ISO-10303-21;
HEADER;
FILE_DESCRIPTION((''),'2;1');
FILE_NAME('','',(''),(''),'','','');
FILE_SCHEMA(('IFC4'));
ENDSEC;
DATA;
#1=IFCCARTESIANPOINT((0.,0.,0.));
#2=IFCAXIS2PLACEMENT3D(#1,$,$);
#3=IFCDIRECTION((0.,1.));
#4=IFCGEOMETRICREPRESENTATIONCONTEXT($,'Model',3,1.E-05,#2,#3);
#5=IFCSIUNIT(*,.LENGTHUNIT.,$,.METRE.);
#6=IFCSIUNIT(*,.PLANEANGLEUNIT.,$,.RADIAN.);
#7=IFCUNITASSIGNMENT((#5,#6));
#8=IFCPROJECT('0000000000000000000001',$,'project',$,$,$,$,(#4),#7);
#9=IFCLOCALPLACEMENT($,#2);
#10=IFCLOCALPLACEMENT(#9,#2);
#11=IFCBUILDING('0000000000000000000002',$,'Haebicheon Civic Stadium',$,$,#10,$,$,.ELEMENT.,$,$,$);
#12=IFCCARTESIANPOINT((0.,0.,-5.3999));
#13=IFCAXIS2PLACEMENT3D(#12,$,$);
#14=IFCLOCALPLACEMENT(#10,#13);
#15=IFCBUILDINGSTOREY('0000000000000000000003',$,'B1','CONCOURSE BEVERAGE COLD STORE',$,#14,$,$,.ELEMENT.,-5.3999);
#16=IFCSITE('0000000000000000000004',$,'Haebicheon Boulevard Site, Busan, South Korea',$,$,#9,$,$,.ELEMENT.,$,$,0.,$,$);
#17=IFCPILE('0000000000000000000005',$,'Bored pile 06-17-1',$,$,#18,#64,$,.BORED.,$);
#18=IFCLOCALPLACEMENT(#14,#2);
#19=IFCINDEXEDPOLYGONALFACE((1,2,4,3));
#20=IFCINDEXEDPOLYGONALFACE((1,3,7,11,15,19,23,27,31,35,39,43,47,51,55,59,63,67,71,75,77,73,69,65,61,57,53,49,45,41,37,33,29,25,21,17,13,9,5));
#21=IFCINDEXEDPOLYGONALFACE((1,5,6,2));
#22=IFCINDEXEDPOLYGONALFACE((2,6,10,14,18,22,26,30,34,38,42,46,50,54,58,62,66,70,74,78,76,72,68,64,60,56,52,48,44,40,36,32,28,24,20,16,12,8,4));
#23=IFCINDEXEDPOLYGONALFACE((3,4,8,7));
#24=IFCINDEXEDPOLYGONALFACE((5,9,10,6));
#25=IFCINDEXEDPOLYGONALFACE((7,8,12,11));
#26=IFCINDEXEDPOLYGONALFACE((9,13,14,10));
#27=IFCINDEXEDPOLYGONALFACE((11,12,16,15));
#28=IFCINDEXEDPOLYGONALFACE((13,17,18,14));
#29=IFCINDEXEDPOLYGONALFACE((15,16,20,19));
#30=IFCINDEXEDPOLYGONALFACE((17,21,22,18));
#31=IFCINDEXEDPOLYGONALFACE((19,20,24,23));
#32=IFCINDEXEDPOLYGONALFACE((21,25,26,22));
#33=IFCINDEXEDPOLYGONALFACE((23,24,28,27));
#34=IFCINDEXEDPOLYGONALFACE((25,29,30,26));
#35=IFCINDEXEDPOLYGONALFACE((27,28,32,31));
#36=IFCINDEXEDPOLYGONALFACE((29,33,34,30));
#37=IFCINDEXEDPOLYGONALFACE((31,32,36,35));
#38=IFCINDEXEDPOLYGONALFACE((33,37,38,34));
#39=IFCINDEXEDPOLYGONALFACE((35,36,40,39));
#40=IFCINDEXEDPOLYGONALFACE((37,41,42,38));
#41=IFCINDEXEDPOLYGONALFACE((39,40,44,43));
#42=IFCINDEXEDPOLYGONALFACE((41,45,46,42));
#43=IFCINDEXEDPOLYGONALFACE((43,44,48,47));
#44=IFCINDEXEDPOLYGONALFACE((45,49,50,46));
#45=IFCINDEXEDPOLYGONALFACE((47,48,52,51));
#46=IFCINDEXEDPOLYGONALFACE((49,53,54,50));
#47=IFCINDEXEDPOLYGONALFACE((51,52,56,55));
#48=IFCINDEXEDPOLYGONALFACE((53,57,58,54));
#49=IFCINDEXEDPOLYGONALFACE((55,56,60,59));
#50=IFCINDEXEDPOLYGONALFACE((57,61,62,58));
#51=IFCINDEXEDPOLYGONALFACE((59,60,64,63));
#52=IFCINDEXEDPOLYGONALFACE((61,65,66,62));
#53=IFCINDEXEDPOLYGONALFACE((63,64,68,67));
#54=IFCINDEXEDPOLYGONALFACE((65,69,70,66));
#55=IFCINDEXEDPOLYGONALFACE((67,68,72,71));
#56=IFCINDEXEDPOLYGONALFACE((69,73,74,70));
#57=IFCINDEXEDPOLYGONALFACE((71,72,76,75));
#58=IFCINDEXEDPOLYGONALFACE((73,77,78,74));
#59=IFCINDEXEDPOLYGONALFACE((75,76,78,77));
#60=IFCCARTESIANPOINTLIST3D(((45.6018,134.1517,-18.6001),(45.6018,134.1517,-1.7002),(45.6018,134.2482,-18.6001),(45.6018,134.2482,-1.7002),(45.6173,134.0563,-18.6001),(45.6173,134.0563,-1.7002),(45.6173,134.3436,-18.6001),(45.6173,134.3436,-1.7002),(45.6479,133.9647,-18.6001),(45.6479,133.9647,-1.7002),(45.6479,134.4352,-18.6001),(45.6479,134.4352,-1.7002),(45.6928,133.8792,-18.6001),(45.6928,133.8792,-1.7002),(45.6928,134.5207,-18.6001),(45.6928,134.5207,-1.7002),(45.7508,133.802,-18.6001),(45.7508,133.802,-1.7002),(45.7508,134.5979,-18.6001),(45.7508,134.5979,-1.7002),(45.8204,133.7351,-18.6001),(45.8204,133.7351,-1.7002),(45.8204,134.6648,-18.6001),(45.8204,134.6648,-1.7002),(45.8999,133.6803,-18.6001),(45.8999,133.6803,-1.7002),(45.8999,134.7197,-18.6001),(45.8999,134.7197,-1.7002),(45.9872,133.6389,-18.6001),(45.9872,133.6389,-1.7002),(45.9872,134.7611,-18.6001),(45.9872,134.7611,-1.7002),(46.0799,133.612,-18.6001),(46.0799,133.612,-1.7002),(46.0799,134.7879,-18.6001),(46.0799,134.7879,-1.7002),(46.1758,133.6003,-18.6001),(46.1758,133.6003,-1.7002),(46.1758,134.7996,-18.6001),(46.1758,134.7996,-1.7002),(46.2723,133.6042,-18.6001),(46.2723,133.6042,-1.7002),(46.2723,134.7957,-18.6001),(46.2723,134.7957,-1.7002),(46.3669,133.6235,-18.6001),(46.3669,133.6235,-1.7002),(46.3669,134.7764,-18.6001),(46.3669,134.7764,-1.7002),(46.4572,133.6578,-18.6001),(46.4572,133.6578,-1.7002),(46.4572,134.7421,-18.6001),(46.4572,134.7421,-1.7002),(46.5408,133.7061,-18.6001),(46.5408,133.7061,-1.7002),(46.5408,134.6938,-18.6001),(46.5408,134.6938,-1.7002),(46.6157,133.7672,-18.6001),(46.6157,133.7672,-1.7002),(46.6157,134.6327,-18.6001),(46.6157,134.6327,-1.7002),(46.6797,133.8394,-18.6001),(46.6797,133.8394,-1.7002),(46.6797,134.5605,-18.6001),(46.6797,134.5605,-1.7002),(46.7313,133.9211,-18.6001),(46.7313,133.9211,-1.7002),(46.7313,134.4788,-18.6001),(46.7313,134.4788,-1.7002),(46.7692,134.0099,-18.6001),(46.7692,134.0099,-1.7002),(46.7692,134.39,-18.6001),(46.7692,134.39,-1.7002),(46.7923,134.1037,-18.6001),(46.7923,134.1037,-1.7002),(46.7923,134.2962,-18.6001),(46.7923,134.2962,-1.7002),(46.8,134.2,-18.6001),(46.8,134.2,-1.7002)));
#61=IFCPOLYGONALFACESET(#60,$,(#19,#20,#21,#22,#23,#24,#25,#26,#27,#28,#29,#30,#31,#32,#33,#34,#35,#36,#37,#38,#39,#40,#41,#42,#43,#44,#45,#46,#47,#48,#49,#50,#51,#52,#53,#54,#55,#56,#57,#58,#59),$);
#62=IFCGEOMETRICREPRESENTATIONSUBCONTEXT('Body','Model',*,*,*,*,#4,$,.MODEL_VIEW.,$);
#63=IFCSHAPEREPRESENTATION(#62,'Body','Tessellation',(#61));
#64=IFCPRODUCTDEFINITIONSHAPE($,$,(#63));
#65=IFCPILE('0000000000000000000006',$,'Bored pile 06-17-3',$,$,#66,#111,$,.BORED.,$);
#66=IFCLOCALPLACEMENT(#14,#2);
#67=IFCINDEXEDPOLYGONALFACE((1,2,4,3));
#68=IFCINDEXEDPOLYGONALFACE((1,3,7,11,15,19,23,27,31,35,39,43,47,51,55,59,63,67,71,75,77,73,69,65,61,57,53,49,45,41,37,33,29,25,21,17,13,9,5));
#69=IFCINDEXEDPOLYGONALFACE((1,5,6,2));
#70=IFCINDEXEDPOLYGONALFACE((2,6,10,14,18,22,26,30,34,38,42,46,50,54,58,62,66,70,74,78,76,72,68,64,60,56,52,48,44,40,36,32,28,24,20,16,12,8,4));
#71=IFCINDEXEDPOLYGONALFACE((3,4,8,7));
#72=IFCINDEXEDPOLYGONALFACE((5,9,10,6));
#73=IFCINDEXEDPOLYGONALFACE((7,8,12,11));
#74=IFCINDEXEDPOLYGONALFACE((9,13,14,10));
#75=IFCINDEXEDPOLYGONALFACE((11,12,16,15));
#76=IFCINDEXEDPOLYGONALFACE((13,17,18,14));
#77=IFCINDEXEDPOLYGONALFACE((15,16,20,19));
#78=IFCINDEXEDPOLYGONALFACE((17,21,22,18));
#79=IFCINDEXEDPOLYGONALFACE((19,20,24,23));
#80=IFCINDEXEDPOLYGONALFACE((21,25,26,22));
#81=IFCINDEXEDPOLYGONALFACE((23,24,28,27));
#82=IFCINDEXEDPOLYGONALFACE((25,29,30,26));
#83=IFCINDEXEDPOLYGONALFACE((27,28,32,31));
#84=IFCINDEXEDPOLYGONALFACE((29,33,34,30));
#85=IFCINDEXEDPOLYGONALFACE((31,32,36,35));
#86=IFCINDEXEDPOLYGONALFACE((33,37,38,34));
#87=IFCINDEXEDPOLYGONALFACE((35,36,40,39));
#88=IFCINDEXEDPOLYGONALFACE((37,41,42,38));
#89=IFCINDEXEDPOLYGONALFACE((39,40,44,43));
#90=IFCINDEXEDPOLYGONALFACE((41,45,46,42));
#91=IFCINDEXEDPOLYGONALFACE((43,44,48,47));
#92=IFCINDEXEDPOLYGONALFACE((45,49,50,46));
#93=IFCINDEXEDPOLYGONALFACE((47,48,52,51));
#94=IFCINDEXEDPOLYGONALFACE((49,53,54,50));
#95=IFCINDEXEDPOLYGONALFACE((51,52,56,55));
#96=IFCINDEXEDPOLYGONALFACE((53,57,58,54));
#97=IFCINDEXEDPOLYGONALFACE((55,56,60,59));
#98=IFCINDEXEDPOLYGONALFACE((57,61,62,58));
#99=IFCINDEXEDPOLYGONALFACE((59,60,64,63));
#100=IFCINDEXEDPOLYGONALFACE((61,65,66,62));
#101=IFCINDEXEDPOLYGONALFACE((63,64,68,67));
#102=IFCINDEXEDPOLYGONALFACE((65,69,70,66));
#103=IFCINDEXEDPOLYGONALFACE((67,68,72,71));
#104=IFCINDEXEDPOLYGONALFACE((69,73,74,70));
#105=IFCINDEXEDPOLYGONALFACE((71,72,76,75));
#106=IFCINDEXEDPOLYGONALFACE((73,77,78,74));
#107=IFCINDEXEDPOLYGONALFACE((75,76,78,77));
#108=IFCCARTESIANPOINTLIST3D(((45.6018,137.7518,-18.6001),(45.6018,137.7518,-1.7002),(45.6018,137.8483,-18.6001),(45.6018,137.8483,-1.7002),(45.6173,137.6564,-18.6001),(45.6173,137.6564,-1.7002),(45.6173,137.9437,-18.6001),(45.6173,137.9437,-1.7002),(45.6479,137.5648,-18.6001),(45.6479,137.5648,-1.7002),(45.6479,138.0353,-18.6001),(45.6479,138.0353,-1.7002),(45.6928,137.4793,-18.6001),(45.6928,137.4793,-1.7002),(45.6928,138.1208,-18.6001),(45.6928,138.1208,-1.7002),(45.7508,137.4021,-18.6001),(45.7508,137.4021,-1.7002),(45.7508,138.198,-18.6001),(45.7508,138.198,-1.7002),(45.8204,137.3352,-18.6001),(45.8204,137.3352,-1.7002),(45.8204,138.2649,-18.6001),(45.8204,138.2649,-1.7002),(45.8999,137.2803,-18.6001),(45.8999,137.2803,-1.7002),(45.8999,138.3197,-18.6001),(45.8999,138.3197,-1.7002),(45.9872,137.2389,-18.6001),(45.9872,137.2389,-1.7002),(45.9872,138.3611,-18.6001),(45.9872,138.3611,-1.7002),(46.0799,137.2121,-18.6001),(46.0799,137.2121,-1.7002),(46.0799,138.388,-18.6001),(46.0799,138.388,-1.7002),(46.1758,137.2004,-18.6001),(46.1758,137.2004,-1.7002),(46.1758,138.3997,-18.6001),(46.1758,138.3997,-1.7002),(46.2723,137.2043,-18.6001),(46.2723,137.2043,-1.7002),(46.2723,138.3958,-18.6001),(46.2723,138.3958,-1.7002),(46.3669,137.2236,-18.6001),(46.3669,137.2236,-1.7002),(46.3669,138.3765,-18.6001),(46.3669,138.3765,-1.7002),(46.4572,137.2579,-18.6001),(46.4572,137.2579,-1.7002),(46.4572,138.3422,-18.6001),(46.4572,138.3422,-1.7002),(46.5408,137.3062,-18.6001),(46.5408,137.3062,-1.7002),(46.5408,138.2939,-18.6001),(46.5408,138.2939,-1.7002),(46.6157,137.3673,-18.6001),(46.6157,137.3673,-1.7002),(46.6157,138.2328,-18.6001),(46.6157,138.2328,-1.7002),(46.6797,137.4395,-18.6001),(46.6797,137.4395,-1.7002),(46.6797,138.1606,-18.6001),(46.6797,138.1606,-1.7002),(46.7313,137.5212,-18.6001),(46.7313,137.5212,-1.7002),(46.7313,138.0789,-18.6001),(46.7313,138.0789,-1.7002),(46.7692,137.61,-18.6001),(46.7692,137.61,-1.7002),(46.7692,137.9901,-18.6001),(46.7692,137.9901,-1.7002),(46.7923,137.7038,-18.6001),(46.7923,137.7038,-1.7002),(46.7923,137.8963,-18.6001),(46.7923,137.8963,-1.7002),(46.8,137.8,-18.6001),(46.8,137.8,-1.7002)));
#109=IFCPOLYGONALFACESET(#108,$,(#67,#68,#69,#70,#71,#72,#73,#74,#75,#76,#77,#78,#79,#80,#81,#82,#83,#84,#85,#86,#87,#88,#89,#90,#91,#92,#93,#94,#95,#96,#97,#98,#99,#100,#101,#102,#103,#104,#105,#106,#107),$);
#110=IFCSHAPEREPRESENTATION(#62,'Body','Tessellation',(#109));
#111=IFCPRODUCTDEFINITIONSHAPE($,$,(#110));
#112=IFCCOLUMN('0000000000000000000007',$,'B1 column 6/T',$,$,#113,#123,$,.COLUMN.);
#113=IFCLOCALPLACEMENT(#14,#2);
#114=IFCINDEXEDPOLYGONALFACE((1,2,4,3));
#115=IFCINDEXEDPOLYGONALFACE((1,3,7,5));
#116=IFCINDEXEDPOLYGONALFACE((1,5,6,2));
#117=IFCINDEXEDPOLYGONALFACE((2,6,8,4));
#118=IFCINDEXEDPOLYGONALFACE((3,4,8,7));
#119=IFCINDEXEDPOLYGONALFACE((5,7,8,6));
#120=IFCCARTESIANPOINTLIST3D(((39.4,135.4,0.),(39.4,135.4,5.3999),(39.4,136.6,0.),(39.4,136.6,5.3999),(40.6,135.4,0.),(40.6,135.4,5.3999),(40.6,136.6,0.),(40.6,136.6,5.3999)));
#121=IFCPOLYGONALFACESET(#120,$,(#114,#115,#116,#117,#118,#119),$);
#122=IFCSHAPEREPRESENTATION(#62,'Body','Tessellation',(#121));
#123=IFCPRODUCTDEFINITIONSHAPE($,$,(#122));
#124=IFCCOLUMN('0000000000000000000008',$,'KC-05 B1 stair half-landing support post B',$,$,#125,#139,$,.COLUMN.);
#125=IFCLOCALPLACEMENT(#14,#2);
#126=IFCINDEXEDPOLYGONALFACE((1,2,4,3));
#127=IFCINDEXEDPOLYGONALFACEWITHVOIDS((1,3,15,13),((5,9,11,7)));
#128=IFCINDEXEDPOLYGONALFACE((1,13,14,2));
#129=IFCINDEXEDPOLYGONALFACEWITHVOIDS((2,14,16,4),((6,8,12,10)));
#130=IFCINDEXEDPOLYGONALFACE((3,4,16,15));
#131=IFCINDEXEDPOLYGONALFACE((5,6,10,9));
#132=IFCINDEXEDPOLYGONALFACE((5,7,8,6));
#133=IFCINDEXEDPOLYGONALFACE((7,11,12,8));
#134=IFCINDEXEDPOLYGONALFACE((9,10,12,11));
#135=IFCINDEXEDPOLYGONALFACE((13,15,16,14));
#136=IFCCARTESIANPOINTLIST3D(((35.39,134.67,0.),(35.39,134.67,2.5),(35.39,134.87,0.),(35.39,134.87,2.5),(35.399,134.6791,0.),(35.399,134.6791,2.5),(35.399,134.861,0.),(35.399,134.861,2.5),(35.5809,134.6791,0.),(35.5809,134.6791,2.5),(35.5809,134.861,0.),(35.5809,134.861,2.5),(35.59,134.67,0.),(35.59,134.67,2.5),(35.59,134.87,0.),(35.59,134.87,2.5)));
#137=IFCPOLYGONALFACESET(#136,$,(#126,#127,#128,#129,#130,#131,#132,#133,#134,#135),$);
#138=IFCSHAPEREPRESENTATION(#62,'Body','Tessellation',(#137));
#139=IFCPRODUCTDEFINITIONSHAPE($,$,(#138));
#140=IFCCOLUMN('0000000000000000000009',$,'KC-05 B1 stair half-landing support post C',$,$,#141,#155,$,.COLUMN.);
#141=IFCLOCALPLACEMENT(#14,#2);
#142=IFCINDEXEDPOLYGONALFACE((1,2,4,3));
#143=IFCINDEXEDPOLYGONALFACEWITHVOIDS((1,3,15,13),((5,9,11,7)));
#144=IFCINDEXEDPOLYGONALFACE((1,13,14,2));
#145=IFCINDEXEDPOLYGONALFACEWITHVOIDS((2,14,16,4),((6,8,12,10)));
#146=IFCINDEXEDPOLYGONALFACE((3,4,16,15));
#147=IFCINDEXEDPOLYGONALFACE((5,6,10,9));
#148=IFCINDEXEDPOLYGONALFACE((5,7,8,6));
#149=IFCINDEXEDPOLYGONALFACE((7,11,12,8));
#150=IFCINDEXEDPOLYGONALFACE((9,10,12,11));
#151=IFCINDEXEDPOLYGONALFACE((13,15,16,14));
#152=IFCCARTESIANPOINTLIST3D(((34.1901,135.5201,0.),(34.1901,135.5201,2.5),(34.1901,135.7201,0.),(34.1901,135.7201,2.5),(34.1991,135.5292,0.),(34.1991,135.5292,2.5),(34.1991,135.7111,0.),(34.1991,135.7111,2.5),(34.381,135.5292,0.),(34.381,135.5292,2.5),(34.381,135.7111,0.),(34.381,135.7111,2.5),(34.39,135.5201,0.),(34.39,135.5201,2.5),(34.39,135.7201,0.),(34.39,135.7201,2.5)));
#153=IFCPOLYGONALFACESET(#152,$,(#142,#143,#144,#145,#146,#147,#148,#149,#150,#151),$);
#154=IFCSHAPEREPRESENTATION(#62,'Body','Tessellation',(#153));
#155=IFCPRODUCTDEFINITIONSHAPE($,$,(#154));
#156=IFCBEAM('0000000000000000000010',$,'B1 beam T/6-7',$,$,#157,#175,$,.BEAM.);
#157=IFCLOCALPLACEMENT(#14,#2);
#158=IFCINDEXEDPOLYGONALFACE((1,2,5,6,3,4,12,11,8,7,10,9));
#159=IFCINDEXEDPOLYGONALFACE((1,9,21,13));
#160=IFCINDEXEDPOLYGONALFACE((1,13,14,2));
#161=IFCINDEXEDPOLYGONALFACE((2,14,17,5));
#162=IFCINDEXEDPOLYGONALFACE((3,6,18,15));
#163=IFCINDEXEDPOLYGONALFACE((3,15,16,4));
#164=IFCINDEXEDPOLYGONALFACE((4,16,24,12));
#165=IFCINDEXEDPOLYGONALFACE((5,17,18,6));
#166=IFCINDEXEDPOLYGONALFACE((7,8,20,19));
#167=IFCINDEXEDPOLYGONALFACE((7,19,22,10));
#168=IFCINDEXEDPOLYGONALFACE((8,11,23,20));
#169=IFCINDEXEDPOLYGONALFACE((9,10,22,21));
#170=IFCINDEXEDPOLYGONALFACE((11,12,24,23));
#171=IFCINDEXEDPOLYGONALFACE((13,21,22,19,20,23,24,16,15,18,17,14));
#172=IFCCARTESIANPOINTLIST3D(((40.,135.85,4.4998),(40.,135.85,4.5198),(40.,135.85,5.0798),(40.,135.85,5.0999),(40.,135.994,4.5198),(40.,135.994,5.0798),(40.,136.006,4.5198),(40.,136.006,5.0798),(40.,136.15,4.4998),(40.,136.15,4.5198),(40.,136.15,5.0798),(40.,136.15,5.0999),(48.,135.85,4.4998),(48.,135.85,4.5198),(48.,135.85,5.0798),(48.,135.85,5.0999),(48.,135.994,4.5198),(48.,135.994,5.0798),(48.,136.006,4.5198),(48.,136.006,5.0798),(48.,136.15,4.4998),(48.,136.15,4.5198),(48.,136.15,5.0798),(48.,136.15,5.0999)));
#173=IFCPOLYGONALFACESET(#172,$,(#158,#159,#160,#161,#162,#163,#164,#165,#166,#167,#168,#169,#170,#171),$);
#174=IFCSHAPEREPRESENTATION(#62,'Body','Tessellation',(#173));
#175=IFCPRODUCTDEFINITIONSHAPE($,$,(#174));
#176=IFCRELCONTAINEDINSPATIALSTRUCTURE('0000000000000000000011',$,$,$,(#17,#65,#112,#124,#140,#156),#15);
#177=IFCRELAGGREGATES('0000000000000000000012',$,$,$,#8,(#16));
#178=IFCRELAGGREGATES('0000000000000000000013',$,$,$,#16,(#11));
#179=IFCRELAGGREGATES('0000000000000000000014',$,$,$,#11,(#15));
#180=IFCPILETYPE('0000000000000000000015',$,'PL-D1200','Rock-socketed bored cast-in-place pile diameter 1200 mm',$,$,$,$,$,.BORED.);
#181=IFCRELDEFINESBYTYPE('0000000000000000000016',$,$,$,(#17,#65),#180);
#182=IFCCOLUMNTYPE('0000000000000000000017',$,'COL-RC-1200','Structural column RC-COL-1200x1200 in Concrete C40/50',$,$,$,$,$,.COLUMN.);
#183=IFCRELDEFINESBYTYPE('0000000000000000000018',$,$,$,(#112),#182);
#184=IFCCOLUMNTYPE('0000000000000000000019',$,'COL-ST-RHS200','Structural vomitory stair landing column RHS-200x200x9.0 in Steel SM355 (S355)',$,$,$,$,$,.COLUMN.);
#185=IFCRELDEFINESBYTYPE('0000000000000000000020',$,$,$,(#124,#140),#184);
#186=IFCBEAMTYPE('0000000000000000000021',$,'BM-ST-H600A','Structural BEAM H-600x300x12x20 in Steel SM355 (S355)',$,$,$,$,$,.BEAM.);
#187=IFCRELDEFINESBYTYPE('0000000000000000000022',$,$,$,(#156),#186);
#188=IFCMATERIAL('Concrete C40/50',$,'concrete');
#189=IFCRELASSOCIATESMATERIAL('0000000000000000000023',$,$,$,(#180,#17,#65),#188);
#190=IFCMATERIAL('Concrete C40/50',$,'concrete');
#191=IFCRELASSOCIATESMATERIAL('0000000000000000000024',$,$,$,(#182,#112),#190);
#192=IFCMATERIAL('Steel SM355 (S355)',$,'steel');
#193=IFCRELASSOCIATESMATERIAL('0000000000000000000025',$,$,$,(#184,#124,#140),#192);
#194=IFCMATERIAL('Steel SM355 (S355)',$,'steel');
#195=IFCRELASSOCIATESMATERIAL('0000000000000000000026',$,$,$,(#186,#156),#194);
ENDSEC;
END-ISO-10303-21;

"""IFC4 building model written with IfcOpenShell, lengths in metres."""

from ifc_helpers import new_model, si_unit, direction, frame, origin, origin_2d, place, context, subcontext, project, spatial, rectangle, hollow_rectangle, circle, i_section, extrude, material, material_profile, profile_set, type_object, element, save


model = new_model("IFC4")

# Units and contexts
model_context = context("Model", 3, precision=1e-05, world=origin(), true_north=direction((0.0, 1.0)))
body_context = subcontext(model_context, "Body", "Model", "MODEL_VIEW")
ifc_project = project(units=[si_unit("LENGTHUNIT", "METRE"), si_unit("PLANEANGLEUNIT", "RADIAN")], contexts=[model_context])

# Site, building, storey
site_placement = place(None, origin())
site = spatial("IfcSite", under=ifc_project, at=site_placement, Name="Haebicheon Boulevard Site, Busan, South Korea", CompositionType="ELEMENT", RefElevation=0.0)
building_placement = place(site_placement, origin())
building = spatial("IfcBuilding", under=site, at=building_placement, Name="Haebicheon Civic Stadium", CompositionType="ELEMENT")
storey_placement = place(building_placement, frame((0.0, 0.0, -5.3999)))
storey = spatial("IfcBuildingStorey", under=building, at=storey_placement, Name="B1", Description="CONCOURSE BEVERAGE COLD STORE", CompositionType="ELEMENT", Elevation=-5.3999)

# Piles
ifc_material_1 = material(Name="Concrete C40/50", Category="concrete")
ifc_material_profile_1 = material_profile(ifc_material_1, circle(Radius=0.6001, at=origin_2d()), Name="PILE-D1200")
ifc_profile_set_1 = profile_set([ifc_material_profile_1], Name="Concrete C40/50")
pile_type_1 = type_object("IfcPileType", Name="PL-D1200", Description="Rock-socketed bored cast-in-place pile diameter 1200 mm", PredefinedType="BORED", material=ifc_profile_set_1)
for number, where, z_axis, x_axis, name in (
    (1, (46.2, 134.2, -1.7002), (0.0, 0.0, -1.0), (1.0, 0.0, 0.0), "Bored pile 06-17-1"),
    (2, (46.2, 137.8, -1.7002), (0.0, 0.0, -1.0), (1.0, 0.0, 0.0), "Bored pile 06-17-3"),
):
    element("IfcPile", number, at=place(storey_placement, frame(where, z_axis=z_axis, x_axis=x_axis)), inside=storey, type_object=pile_type_1, material=ifc_profile_set_1, Name=name, PredefinedType="BORED", context=body_context, shape_type="SweptSolid", body=[
        extrude(circle(Radius=0.6001, at=origin_2d()), origin(), (0.0, 0.0, 1.0), 16.8999),
    ])

# Columns
ifc_material_2 = material(Name="Concrete C40/50", Category="concrete")
ifc_material_profile_2 = material_profile(ifc_material_2, rectangle(XDim=1.2, YDim=1.2, at=origin_2d()), Name="RC-COL-1200x1200")
ifc_profile_set_2 = profile_set([ifc_material_profile_2], Name="Concrete C40/50")
column_type_1 = type_object("IfcColumnType", Name="COL-RC-1200", Description="Structural column RC-COL-1200x1200 in Concrete C40/50", PredefinedType="COLUMN", material=ifc_profile_set_2)
column_placement = place(storey_placement, frame((40.0, 136.0, 0.0), z_axis=(0.0, 0.0, 1.0), x_axis=(1.0, 0.0, 0.0)))
element("IfcColumn", 3, at=column_placement, inside=storey, type_object=column_type_1, material=ifc_profile_set_2, Name="B1 column 6/T", PredefinedType="COLUMN", context=body_context, shape_type="SweptSolid", body=[
    extrude(rectangle(XDim=1.2, YDim=1.2, at=origin_2d()), origin(), (0.0, 0.0, 1.0), 5.3999),
])
ifc_material_3 = material(Name="Steel SM355 (S355)", Category="steel")
ifc_material_profile_3 = material_profile(ifc_material_3, hollow_rectangle(XDim=0.2, YDim=0.2, WallThickness=0.009, at=origin_2d()), Name="RHS-200x200x9.0")
ifc_profile_set_3 = profile_set([ifc_material_profile_3], Name="Steel SM355 (S355)")
column_type_2 = type_object("IfcColumnType", Name="COL-ST-RHS200", Description="Structural vomitory stair landing column RHS-200x200x9.0 in Steel SM355 (S355)", PredefinedType="COLUMN", material=ifc_profile_set_3)
for number, where, z_axis, x_axis, name in (
    (4, (35.49, 134.77, 0.0), (0.0, 0.0, 1.0), (1.0, 0.0, 0.0), "KC-05 B1 stair half-landing support post B"),
    (5, (34.29, 135.6201, 0.0), (0.0, 0.0, 1.0), (1.0, 0.0, 0.0), "KC-05 B1 stair half-landing support post C"),
):
    element("IfcColumn", number, at=place(storey_placement, frame(where, z_axis=z_axis, x_axis=x_axis)), inside=storey, type_object=column_type_2, material=ifc_profile_set_3, Name=name, PredefinedType="COLUMN", context=body_context, shape_type="SweptSolid", body=[
        extrude(hollow_rectangle(XDim=0.2, YDim=0.2, WallThickness=0.009, at=origin_2d()), origin(), (0.0, 0.0, 1.0), 2.5),
    ])

# Beam
ifc_material_4 = material(Name="Steel SM355 (S355)", Category="steel")
ifc_material_profile_4 = material_profile(ifc_material_4, i_section(OverallWidth=0.3, OverallDepth=0.6001, WebThickness=0.012, FlangeThickness=0.02, at=origin_2d()), Name="H-600x300x12x20")
ifc_profile_set_4 = profile_set([ifc_material_profile_4], Name="Steel SM355 (S355)")
beam_type_1 = type_object("IfcBeamType", Name="BM-ST-H600A", Description="Structural BEAM H-600x300x12x20 in Steel SM355 (S355)", PredefinedType="BEAM", material=ifc_profile_set_4)
beam_1_placement = place(storey_placement, frame((40.0, 136.0, 4.7998), z_axis=(1.0, 0.0, 0.0), x_axis=(0.0, 1.0, 0.0)))
element("IfcBeam", 6, at=beam_1_placement, inside=storey, type_object=beam_type_1, material=ifc_profile_set_4, Name="B1 beam T/6-7", PredefinedType="BEAM", context=body_context, shape_type="SweptSolid", body=[
    extrude(i_section(OverallWidth=0.3, OverallDepth=0.6001, WebThickness=0.012, FlangeThickness=0.02, at=origin_2d()), origin(), (0.0, 0.0, 1.0), 8.0),
])

save(model, "model.ifc")
